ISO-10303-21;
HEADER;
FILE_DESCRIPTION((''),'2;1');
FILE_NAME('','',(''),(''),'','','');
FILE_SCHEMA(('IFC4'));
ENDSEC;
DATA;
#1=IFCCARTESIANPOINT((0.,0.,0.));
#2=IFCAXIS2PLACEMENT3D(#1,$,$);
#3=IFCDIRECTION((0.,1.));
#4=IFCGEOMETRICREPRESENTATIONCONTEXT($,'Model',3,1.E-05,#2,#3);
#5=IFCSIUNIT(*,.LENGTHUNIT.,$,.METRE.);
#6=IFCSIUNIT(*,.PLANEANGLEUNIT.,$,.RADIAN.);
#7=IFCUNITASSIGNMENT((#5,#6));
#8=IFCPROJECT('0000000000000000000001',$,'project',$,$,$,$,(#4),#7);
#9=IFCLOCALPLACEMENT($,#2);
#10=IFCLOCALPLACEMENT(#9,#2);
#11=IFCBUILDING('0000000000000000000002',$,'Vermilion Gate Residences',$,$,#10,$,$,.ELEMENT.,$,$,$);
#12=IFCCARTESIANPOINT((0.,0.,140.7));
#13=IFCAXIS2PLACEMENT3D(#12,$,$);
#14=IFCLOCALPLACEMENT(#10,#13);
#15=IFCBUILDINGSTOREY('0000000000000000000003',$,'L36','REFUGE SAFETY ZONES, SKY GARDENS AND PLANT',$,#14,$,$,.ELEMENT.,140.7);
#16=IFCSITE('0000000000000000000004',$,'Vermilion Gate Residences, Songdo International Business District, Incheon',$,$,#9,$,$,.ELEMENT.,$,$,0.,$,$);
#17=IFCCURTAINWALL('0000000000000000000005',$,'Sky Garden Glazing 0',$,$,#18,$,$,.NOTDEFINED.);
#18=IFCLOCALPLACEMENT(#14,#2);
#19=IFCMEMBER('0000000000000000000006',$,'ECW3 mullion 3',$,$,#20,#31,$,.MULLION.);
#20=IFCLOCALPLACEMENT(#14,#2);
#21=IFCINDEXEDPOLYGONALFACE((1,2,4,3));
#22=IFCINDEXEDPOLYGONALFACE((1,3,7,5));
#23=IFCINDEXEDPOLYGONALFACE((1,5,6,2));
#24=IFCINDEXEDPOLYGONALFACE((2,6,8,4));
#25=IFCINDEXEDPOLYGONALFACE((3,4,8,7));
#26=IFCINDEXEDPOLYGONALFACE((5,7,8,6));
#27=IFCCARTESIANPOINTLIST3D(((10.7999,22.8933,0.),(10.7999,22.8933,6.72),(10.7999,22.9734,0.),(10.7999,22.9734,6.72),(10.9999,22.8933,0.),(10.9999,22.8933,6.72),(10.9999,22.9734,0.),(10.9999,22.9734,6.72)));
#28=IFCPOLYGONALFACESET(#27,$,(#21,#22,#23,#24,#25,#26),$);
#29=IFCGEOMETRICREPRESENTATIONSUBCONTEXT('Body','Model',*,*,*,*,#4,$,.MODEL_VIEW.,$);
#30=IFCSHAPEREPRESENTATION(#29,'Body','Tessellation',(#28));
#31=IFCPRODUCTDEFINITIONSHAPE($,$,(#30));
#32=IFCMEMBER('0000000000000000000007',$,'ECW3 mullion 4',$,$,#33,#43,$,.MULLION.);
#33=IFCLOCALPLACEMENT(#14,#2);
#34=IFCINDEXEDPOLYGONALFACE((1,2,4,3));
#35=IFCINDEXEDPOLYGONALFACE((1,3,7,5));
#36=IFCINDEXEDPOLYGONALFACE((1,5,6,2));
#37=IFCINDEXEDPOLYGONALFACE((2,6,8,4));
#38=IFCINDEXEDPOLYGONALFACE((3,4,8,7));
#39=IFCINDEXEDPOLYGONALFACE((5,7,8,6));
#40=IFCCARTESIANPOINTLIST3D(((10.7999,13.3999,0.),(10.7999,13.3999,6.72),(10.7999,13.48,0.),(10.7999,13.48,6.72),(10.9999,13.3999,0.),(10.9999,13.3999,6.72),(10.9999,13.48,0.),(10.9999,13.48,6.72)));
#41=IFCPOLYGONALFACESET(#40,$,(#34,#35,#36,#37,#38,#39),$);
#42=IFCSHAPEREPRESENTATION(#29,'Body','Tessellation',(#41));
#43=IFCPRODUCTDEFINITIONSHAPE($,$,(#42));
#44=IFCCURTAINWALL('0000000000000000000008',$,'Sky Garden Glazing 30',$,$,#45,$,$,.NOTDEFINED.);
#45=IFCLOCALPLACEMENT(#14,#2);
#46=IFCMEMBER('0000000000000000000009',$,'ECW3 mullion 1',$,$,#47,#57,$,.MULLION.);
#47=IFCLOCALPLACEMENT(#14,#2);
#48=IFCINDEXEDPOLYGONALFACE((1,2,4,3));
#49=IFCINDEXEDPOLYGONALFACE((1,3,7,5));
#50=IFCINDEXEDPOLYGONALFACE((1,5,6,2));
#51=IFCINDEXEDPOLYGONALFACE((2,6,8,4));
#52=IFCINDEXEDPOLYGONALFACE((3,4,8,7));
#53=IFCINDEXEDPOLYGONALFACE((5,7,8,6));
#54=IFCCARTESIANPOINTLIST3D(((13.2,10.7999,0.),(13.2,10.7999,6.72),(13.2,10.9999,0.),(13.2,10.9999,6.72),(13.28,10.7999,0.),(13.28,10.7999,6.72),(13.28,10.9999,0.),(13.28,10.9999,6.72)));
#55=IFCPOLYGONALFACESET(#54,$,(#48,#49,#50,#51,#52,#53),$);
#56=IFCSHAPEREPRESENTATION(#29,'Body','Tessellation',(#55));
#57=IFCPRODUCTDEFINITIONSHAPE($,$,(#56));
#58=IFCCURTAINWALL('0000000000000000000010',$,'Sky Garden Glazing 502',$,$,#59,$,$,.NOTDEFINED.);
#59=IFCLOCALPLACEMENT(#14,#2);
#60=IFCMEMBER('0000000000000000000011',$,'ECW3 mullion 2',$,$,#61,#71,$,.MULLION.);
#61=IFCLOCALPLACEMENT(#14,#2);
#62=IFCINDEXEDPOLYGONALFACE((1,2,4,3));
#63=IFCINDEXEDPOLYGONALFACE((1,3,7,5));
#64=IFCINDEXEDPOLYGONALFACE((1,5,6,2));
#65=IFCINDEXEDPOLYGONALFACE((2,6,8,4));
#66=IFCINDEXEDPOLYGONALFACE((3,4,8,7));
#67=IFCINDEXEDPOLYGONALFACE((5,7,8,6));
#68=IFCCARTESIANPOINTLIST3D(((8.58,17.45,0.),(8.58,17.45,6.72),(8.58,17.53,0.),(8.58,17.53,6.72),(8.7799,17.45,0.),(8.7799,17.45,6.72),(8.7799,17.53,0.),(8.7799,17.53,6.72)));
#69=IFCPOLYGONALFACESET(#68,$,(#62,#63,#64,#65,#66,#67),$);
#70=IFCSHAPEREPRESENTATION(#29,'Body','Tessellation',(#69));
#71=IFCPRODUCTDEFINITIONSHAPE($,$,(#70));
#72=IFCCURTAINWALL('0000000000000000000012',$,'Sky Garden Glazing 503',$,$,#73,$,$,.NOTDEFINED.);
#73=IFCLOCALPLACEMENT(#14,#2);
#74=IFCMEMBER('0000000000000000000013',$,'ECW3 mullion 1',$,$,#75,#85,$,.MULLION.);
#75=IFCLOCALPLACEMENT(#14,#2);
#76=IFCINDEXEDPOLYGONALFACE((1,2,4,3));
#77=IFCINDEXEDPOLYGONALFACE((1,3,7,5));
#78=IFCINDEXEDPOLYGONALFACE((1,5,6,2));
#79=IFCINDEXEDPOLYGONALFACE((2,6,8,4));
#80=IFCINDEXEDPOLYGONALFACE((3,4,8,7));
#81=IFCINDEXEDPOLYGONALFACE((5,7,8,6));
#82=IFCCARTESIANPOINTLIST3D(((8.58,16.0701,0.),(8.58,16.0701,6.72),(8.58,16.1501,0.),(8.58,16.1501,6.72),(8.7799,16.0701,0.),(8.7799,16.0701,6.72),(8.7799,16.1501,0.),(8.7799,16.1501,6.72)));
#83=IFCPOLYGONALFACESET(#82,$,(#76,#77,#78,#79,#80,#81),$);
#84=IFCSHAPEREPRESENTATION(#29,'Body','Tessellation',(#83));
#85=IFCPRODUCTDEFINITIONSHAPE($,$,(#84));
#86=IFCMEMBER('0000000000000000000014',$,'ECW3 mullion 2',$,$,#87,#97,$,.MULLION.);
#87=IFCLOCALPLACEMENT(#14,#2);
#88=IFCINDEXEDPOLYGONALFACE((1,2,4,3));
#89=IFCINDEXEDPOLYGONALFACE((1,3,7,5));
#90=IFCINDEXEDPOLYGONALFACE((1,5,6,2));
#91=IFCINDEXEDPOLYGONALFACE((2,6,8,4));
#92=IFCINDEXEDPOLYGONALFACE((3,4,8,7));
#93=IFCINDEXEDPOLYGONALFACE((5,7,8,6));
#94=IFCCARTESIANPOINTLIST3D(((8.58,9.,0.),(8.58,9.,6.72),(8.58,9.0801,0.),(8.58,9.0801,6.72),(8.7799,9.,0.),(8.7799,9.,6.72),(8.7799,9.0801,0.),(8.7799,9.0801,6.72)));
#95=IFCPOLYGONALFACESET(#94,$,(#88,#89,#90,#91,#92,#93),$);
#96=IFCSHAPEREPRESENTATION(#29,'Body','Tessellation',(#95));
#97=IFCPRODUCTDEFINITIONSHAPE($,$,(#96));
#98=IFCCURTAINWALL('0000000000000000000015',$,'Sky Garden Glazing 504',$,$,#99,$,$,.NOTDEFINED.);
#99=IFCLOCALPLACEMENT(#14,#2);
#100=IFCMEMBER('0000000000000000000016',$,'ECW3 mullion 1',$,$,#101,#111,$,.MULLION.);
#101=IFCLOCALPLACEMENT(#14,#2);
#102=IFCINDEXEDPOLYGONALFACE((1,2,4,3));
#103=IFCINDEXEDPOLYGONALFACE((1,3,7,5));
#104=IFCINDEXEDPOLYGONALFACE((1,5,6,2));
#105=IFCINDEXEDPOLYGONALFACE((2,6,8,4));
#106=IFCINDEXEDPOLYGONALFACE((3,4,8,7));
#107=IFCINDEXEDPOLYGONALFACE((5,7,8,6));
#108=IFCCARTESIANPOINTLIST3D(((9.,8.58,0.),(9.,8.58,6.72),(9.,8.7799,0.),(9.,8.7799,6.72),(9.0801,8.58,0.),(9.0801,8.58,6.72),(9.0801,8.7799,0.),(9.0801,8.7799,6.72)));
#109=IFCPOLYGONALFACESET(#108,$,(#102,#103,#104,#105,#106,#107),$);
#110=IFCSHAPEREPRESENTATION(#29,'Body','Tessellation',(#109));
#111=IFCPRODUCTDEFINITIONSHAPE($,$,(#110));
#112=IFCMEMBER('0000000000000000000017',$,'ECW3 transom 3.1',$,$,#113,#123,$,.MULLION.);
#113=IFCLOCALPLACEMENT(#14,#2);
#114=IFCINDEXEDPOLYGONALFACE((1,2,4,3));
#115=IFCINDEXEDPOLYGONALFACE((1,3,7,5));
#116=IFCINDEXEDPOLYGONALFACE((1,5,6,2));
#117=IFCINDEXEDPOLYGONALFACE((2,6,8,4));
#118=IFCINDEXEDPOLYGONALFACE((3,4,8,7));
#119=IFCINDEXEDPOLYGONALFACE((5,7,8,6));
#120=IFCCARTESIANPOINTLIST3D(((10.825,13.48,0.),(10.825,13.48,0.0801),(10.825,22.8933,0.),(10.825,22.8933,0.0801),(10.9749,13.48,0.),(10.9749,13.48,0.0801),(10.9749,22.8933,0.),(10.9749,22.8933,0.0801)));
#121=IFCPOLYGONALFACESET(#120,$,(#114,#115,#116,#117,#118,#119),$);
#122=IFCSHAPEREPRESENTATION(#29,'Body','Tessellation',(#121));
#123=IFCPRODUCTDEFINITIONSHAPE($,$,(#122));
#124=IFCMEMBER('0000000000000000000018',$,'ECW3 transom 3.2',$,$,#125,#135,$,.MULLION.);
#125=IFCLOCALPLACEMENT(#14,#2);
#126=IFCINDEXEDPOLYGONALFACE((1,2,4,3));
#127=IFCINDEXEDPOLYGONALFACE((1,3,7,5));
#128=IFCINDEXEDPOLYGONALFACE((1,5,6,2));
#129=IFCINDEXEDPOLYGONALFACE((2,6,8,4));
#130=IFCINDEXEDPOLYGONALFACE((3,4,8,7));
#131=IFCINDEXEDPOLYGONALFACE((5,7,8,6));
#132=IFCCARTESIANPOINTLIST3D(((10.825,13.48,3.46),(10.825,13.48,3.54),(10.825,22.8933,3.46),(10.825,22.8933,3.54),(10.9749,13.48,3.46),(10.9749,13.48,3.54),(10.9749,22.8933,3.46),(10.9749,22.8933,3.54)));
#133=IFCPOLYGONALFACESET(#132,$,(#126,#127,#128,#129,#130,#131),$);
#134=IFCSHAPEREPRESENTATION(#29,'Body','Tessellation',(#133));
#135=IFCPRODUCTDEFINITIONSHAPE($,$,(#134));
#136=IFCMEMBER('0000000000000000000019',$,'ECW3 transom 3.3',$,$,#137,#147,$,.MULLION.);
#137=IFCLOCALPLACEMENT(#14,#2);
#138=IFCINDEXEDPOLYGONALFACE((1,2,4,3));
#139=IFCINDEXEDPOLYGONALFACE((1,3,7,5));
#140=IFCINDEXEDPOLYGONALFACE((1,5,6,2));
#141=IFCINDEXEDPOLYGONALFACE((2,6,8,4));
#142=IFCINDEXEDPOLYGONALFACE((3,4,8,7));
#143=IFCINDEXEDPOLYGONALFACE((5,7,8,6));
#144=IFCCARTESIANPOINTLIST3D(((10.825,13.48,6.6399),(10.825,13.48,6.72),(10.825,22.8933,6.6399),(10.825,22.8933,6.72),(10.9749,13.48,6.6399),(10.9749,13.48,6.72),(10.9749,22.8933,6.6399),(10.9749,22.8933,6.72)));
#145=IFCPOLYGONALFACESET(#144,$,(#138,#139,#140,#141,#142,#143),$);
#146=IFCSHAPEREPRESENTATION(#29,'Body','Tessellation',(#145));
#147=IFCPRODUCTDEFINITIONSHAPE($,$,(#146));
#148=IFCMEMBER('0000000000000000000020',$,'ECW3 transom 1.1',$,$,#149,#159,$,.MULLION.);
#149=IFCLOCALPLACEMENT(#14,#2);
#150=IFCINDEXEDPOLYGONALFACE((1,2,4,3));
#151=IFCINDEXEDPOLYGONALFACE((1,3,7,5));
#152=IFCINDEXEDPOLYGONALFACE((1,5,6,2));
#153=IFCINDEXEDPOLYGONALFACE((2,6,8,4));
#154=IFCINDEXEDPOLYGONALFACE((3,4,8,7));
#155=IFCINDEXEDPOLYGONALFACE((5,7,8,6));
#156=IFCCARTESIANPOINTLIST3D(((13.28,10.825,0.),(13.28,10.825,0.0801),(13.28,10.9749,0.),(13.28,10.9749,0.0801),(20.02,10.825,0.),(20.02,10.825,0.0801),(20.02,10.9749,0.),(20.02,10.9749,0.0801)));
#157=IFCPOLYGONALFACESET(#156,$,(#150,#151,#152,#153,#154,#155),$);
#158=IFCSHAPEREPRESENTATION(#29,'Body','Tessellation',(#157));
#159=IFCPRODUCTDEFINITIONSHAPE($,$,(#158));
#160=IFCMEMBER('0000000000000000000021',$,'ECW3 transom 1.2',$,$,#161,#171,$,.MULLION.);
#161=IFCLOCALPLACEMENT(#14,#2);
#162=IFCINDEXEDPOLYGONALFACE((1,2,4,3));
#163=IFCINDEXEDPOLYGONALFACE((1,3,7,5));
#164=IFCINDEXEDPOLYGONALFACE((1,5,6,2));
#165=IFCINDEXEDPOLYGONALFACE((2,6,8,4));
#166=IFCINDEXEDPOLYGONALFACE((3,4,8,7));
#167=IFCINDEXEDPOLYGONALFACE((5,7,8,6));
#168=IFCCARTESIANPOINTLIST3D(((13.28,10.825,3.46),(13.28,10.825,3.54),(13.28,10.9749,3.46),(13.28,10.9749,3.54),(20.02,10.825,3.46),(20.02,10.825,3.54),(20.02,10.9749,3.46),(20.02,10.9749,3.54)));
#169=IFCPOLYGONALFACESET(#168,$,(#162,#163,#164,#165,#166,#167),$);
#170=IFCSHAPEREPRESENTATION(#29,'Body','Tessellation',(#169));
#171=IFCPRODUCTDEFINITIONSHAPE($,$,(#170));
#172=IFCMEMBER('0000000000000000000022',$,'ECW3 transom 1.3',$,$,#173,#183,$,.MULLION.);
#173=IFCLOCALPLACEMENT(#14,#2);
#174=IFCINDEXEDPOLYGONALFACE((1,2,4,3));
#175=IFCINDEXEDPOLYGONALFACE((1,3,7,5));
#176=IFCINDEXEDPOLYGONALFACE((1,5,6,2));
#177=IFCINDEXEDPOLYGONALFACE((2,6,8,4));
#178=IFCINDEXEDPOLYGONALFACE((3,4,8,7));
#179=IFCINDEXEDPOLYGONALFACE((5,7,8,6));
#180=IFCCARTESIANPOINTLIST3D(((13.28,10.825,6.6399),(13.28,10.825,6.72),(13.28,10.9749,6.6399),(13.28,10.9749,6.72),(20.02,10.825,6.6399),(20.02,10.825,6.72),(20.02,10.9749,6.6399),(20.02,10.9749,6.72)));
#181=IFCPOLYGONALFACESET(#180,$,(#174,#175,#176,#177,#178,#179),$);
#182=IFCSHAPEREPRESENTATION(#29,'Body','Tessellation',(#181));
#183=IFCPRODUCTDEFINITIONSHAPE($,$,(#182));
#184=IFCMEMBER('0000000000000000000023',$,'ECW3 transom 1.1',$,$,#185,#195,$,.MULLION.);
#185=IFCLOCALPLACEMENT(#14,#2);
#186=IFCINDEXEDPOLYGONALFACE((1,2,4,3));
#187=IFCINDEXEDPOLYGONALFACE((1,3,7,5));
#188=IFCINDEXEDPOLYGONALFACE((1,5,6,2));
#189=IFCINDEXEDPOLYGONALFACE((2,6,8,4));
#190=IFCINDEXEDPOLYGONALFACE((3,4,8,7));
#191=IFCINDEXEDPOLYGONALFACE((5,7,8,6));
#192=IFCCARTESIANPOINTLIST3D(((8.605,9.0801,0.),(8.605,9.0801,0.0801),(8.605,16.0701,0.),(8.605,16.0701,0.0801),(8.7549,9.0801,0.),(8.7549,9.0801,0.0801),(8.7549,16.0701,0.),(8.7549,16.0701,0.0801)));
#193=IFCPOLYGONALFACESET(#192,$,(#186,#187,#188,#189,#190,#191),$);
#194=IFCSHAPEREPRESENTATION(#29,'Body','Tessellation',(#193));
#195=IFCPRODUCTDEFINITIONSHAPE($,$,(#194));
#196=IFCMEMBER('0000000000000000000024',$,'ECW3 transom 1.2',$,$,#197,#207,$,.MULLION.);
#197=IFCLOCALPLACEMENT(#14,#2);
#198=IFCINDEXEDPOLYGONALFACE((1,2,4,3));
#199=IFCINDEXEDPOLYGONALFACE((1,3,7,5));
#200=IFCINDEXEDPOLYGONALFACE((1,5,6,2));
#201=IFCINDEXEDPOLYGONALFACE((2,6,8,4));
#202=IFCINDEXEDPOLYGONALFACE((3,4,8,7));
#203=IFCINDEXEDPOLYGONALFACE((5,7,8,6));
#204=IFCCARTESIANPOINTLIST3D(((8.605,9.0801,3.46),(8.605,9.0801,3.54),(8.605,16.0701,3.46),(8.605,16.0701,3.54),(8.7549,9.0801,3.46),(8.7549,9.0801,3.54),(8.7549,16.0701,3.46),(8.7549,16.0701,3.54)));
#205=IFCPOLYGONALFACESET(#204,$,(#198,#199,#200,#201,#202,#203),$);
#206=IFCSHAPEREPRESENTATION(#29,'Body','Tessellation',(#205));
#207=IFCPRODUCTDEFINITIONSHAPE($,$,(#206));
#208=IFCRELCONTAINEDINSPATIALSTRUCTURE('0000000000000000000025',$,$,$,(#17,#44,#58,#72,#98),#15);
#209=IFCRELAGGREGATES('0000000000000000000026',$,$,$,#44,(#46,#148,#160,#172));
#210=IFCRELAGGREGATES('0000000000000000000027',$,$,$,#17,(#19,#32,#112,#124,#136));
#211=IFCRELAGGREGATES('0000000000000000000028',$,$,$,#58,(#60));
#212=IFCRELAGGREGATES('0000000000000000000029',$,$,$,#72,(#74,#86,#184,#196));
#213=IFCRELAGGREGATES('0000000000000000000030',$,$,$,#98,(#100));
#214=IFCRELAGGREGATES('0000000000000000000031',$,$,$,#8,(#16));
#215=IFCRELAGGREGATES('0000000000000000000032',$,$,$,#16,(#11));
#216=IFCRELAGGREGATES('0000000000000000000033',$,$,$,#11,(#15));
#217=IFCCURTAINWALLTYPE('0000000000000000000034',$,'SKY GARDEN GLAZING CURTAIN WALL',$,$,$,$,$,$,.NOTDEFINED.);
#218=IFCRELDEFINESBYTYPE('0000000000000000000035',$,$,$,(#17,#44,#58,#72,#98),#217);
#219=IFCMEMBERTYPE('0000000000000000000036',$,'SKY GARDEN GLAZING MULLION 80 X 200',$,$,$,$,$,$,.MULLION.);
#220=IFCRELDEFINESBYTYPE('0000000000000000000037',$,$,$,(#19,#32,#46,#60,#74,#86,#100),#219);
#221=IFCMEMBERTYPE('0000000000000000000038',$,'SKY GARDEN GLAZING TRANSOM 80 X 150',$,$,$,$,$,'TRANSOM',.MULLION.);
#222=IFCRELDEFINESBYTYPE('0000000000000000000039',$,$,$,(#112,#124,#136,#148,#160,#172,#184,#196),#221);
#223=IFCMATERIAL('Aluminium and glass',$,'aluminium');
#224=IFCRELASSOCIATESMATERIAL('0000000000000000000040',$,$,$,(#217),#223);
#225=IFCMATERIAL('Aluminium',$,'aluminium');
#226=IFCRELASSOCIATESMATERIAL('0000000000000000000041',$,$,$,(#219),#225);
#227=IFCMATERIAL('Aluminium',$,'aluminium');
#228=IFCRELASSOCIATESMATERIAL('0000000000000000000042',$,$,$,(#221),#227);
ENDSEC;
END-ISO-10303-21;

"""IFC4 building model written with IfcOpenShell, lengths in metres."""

from ifc_helpers import new_model, si_unit, direction, frame, origin, origin_2d, place, context, subcontext, project, spatial, rectangle, extrude, material, material_profile, profile_set, type_object, element, aggregate, save


model = new_model("IFC4")

# Units and contexts
model_context = context("Model", 3, precision=1e-05, world=origin(), true_north=direction((0.0, 1.0)))
body_context = subcontext(model_context, "Body", "Model", "MODEL_VIEW")
ifc_project = project(units=[si_unit("LENGTHUNIT", "METRE"), si_unit("PLANEANGLEUNIT", "RADIAN")], contexts=[model_context])

# Site, building, storey
site_placement = place(None, origin())
site = spatial("IfcSite", under=ifc_project, at=site_placement, Name="Vermilion Gate Residences, Songdo International Business District, Incheon", CompositionType="ELEMENT", RefElevation=0.0)
building_placement = place(site_placement, origin())
building = spatial("IfcBuilding", under=site, at=building_placement, Name="Vermilion Gate Residences", CompositionType="ELEMENT")
storey_placement = place(building_placement, frame((0.0, 0.0, 140.7)))
storey = spatial("IfcBuildingStorey", under=building, at=storey_placement, Name="L36", Description="REFUGE SAFETY ZONES, SKY GARDENS AND PLANT", CompositionType="ELEMENT", Elevation=140.7)

# Curtain wall, members
ifc_material_1 = material(Name="Aluminium and glass", Category="aluminium")
curtain_wall_type = type_object("IfcCurtainWallType", Name="SKY GARDEN GLAZING CURTAIN WALL", PredefinedType="NOTDEFINED", material=ifc_material_1)
curtain_wall_1_placement = place(storey_placement, origin())
curtain_wall_1 = element("IfcCurtainWall", 1, at=curtain_wall_1_placement, inside=storey, type_object=curtain_wall_type, Name="Sky Garden Glazing 0", PredefinedType="NOTDEFINED")
ifc_material_2 = material(Name="Aluminium", Category="aluminium")
ifc_material_profile_1 = material_profile(ifc_material_2, rectangle(XDim=0.2, YDim=0.0801, at=origin_2d()), Name="MULLION 80 X 200")
ifc_profile_set_1 = profile_set([ifc_material_profile_1], Name="Aluminium")
member_type_1 = type_object("IfcMemberType", Name="SKY GARDEN GLAZING MULLION 80 X 200", PredefinedType="MULLION", material=ifc_profile_set_1)
member_1_placement = place(storey_placement, frame((10.8999, 22.9333, 0.0), z_axis=(0.0, 0.0, 1.0), x_axis=(1.0, 0.0, 0.0)))
member_1 = element("IfcMember", 2, at=member_1_placement, type_object=member_type_1, Name="ECW3 mullion 3", PredefinedType="MULLION", context=body_context, shape_type="SweptSolid", body=[
    extrude(rectangle(XDim=0.2, YDim=0.0801, at=origin_2d()), origin(), (0.0, 0.0, 1.0), 6.72),
])
member_2_placement = place(storey_placement, frame((10.8999, 13.4399, 0.0), z_axis=(0.0, 0.0, 1.0), x_axis=(1.0, 0.0, 0.0)))
member_2 = element("IfcMember", 3, at=member_2_placement, type_object=member_type_1, Name="ECW3 mullion 4", PredefinedType="MULLION", context=body_context, shape_type="SweptSolid", body=[
    extrude(rectangle(XDim=0.2, YDim=0.0801, at=origin_2d()), origin(), (0.0, 0.0, 1.0), 6.72),
])

# Curtain walls, members
curtain_wall_2_placement = place(storey_placement, origin())
curtain_wall_2 = element("IfcCurtainWall", 4, at=curtain_wall_2_placement, inside=storey, type_object=curtain_wall_type, Name="Sky Garden Glazing 30", PredefinedType="NOTDEFINED")
member_3_placement = place(storey_placement, frame((13.24, 10.8999, 0.0), z_axis=(0.0, 0.0, 1.0), x_axis=(0.0, 1.0, 0.0)))
member_3 = element("IfcMember", 5, at=member_3_placement, type_object=member_type_1, Name="ECW3 mullion 1", PredefinedType="MULLION", context=body_context, shape_type="SweptSolid", body=[
    extrude(rectangle(XDim=0.2, YDim=0.0801, at=origin_2d()), origin(), (0.0, 0.0, 1.0), 6.72),
])
curtain_wall_3_placement = place(storey_placement, origin())
curtain_wall_3 = element("IfcCurtainWall", 6, at=curtain_wall_3_placement, inside=storey, type_object=curtain_wall_type, Name="Sky Garden Glazing 502", PredefinedType="NOTDEFINED")
member_4_placement = place(storey_placement, frame((8.6799, 17.49, 0.0), z_axis=(0.0, 0.0, 1.0), x_axis=(1.0, 0.0, 0.0)))
member_4 = element("IfcMember", 7, at=member_4_placement, type_object=member_type_1, Name="ECW3 mullion 2", PredefinedType="MULLION", context=body_context, shape_type="SweptSolid", body=[
    extrude(rectangle(XDim=0.2, YDim=0.0801, at=origin_2d()), origin(), (0.0, 0.0, 1.0), 6.72),
])

# Curtain wall, members
curtain_wall_4_placement = place(storey_placement, origin())
curtain_wall_4 = element("IfcCurtainWall", 8, at=curtain_wall_4_placement, inside=storey, type_object=curtain_wall_type, Name="Sky Garden Glazing 503", PredefinedType="NOTDEFINED")
member_5_placement = place(storey_placement, frame((8.6799, 16.1101, 0.0), z_axis=(0.0, 0.0, 1.0), x_axis=(1.0, 0.0, 0.0)))
member_5 = element("IfcMember", 9, at=member_5_placement, type_object=member_type_1, Name="ECW3 mullion 1", PredefinedType="MULLION", context=body_context, shape_type="SweptSolid", body=[
    extrude(rectangle(XDim=0.2, YDim=0.0801, at=origin_2d()), origin(), (0.0, 0.0, 1.0), 6.72),
])
member_6_placement = place(storey_placement, frame((8.6799, 9.04, 0.0), z_axis=(0.0, 0.0, 1.0), x_axis=(1.0, 0.0, 0.0)))
member_6 = element("IfcMember", 10, at=member_6_placement, type_object=member_type_1, Name="ECW3 mullion 2", PredefinedType="MULLION", context=body_context, shape_type="SweptSolid", body=[
    extrude(rectangle(XDim=0.2, YDim=0.0801, at=origin_2d()), origin(), (0.0, 0.0, 1.0), 6.72),
])

# Curtain wall, member
curtain_wall_5_placement = place(storey_placement, origin())
curtain_wall_5 = element("IfcCurtainWall", 11, at=curtain_wall_5_placement, inside=storey, type_object=curtain_wall_type, Name="Sky Garden Glazing 504", PredefinedType="NOTDEFINED")
member_7_placement = place(storey_placement, frame((9.04, 8.6799, 0.0), z_axis=(0.0, 0.0, 1.0), x_axis=(0.0, 1.0, 0.0)))
member_7 = element("IfcMember", 12, at=member_7_placement, type_object=member_type_1, Name="ECW3 mullion 1", PredefinedType="MULLION", context=body_context, shape_type="SweptSolid", body=[
    extrude(rectangle(XDim=0.2, YDim=0.0801, at=origin_2d()), origin(), (0.0, 0.0, 1.0), 6.72),
])

# Members
ifc_material_3 = material(Name="Aluminium", Category="aluminium")
ifc_material_profile_2 = material_profile(ifc_material_3, rectangle(XDim=0.1499, YDim=0.0801, at=origin_2d()), Name="TRANSOM 80 X 150")
ifc_profile_set_2 = profile_set([ifc_material_profile_2], Name="Aluminium")
member_type_2 = type_object("IfcMemberType", Name="SKY GARDEN GLAZING TRANSOM 80 X 150", ElementType="TRANSOM", PredefinedType="MULLION", material=ifc_profile_set_2)
member_8_placement = place(storey_placement, frame((10.8999, 22.8933, 0.04), z_axis=(0.0, -1.0, 0.0), x_axis=(1.0, 0.0, 0.0)))
member_8 = element("IfcMember", 13, at=member_8_placement, type_object=member_type_2, Name="ECW3 transom 3.1", PredefinedType="MULLION", context=body_context, shape_type="SweptSolid", body=[
    extrude(rectangle(XDim=0.1499, YDim=0.0801, at=origin_2d()), origin(), (0.0, 0.0, 1.0), 9.4133),
])
member_9_placement = place(storey_placement, frame((10.8999, 22.8933, 3.5), z_axis=(0.0, -1.0, 0.0), x_axis=(1.0, 0.0, 0.0)))
member_9 = element("IfcMember", 14, at=member_9_placement, type_object=member_type_2, Name="ECW3 transom 3.2", PredefinedType="MULLION", context=body_context, shape_type="SweptSolid", body=[
    extrude(rectangle(XDim=0.1499, YDim=0.0801, at=origin_2d()), origin(), (0.0, 0.0, 1.0), 9.4133),
])
member_10_placement = place(storey_placement, frame((10.8999, 22.8933, 6.6799), z_axis=(0.0, -1.0, 0.0), x_axis=(1.0, 0.0, 0.0)))
member_10 = element("IfcMember", 15, at=member_10_placement, type_object=member_type_2, Name="ECW3 transom 3.3", PredefinedType="MULLION", context=body_context, shape_type="SweptSolid", body=[
    extrude(rectangle(XDim=0.1499, YDim=0.0801, at=origin_2d()), origin(), (0.0, 0.0, 1.0), 9.4133),
])
member_11_placement = place(storey_placement, frame((13.28, 10.8999, 0.04), z_axis=(1.0, 0.0, 0.0), x_axis=(0.0, 1.0, 0.0)))
member_11 = element("IfcMember", 16, at=member_11_placement, type_object=member_type_2, Name="ECW3 transom 1.1", PredefinedType="MULLION", context=body_context, shape_type="SweptSolid", body=[
    extrude(rectangle(XDim=0.1499, YDim=0.0801, at=origin_2d()), origin(), (0.0, 0.0, 1.0), 6.74),
])
member_12_placement = place(storey_placement, frame((13.28, 10.8999, 3.5), z_axis=(1.0, 0.0, 0.0), x_axis=(0.0, 1.0, 0.0)))
member_12 = element("IfcMember", 17, at=member_12_placement, type_object=member_type_2, Name="ECW3 transom 1.2", PredefinedType="MULLION", context=body_context, shape_type="SweptSolid", body=[
    extrude(rectangle(XDim=0.1499, YDim=0.0801, at=origin_2d()), origin(), (0.0, 0.0, 1.0), 6.74),
])
member_13_placement = place(storey_placement, frame((13.28, 10.8999, 6.6799), z_axis=(1.0, 0.0, 0.0), x_axis=(0.0, 1.0, 0.0)))
member_13 = element("IfcMember", 18, at=member_13_placement, type_object=member_type_2, Name="ECW3 transom 1.3", PredefinedType="MULLION", context=body_context, shape_type="SweptSolid", body=[
    extrude(rectangle(XDim=0.1499, YDim=0.0801, at=origin_2d()), origin(), (0.0, 0.0, 1.0), 6.74),
])
aggregate(curtain_wall_2, [member_3, member_11, member_12, member_13])
member_14_placement = place(storey_placement, frame((8.6799, 16.0701, 0.04), z_axis=(0.0, -1.0, 0.0), x_axis=(1.0, 0.0, 0.0)))
member_14 = element("IfcMember", 19, at=member_14_placement, type_object=member_type_2, Name="ECW3 transom 1.1", PredefinedType="MULLION", context=body_context, shape_type="SweptSolid", body=[
    extrude(rectangle(XDim=0.1499, YDim=0.0801, at=origin_2d()), origin(), (0.0, 0.0, 1.0), 6.99),
])
member_15_placement = place(storey_placement, frame((8.6799, 16.0701, 3.5), z_axis=(0.0, -1.0, 0.0), x_axis=(1.0, 0.0, 0.0)))
member_15 = element("IfcMember", 20, at=member_15_placement, type_object=member_type_2, Name="ECW3 transom 1.2", PredefinedType="MULLION", context=body_context, shape_type="SweptSolid", body=[
    extrude(rectangle(XDim=0.1499, YDim=0.0801, at=origin_2d()), origin(), (0.0, 0.0, 1.0), 6.99),
])

aggregate(curtain_wall_1, [member_1, member_2, member_8, member_9, member_10])
aggregate(curtain_wall_3, [member_4])
aggregate(curtain_wall_4, [member_5, member_6, member_14, member_15])
aggregate(curtain_wall_5, [member_7])

save(model, "model.ifc")
